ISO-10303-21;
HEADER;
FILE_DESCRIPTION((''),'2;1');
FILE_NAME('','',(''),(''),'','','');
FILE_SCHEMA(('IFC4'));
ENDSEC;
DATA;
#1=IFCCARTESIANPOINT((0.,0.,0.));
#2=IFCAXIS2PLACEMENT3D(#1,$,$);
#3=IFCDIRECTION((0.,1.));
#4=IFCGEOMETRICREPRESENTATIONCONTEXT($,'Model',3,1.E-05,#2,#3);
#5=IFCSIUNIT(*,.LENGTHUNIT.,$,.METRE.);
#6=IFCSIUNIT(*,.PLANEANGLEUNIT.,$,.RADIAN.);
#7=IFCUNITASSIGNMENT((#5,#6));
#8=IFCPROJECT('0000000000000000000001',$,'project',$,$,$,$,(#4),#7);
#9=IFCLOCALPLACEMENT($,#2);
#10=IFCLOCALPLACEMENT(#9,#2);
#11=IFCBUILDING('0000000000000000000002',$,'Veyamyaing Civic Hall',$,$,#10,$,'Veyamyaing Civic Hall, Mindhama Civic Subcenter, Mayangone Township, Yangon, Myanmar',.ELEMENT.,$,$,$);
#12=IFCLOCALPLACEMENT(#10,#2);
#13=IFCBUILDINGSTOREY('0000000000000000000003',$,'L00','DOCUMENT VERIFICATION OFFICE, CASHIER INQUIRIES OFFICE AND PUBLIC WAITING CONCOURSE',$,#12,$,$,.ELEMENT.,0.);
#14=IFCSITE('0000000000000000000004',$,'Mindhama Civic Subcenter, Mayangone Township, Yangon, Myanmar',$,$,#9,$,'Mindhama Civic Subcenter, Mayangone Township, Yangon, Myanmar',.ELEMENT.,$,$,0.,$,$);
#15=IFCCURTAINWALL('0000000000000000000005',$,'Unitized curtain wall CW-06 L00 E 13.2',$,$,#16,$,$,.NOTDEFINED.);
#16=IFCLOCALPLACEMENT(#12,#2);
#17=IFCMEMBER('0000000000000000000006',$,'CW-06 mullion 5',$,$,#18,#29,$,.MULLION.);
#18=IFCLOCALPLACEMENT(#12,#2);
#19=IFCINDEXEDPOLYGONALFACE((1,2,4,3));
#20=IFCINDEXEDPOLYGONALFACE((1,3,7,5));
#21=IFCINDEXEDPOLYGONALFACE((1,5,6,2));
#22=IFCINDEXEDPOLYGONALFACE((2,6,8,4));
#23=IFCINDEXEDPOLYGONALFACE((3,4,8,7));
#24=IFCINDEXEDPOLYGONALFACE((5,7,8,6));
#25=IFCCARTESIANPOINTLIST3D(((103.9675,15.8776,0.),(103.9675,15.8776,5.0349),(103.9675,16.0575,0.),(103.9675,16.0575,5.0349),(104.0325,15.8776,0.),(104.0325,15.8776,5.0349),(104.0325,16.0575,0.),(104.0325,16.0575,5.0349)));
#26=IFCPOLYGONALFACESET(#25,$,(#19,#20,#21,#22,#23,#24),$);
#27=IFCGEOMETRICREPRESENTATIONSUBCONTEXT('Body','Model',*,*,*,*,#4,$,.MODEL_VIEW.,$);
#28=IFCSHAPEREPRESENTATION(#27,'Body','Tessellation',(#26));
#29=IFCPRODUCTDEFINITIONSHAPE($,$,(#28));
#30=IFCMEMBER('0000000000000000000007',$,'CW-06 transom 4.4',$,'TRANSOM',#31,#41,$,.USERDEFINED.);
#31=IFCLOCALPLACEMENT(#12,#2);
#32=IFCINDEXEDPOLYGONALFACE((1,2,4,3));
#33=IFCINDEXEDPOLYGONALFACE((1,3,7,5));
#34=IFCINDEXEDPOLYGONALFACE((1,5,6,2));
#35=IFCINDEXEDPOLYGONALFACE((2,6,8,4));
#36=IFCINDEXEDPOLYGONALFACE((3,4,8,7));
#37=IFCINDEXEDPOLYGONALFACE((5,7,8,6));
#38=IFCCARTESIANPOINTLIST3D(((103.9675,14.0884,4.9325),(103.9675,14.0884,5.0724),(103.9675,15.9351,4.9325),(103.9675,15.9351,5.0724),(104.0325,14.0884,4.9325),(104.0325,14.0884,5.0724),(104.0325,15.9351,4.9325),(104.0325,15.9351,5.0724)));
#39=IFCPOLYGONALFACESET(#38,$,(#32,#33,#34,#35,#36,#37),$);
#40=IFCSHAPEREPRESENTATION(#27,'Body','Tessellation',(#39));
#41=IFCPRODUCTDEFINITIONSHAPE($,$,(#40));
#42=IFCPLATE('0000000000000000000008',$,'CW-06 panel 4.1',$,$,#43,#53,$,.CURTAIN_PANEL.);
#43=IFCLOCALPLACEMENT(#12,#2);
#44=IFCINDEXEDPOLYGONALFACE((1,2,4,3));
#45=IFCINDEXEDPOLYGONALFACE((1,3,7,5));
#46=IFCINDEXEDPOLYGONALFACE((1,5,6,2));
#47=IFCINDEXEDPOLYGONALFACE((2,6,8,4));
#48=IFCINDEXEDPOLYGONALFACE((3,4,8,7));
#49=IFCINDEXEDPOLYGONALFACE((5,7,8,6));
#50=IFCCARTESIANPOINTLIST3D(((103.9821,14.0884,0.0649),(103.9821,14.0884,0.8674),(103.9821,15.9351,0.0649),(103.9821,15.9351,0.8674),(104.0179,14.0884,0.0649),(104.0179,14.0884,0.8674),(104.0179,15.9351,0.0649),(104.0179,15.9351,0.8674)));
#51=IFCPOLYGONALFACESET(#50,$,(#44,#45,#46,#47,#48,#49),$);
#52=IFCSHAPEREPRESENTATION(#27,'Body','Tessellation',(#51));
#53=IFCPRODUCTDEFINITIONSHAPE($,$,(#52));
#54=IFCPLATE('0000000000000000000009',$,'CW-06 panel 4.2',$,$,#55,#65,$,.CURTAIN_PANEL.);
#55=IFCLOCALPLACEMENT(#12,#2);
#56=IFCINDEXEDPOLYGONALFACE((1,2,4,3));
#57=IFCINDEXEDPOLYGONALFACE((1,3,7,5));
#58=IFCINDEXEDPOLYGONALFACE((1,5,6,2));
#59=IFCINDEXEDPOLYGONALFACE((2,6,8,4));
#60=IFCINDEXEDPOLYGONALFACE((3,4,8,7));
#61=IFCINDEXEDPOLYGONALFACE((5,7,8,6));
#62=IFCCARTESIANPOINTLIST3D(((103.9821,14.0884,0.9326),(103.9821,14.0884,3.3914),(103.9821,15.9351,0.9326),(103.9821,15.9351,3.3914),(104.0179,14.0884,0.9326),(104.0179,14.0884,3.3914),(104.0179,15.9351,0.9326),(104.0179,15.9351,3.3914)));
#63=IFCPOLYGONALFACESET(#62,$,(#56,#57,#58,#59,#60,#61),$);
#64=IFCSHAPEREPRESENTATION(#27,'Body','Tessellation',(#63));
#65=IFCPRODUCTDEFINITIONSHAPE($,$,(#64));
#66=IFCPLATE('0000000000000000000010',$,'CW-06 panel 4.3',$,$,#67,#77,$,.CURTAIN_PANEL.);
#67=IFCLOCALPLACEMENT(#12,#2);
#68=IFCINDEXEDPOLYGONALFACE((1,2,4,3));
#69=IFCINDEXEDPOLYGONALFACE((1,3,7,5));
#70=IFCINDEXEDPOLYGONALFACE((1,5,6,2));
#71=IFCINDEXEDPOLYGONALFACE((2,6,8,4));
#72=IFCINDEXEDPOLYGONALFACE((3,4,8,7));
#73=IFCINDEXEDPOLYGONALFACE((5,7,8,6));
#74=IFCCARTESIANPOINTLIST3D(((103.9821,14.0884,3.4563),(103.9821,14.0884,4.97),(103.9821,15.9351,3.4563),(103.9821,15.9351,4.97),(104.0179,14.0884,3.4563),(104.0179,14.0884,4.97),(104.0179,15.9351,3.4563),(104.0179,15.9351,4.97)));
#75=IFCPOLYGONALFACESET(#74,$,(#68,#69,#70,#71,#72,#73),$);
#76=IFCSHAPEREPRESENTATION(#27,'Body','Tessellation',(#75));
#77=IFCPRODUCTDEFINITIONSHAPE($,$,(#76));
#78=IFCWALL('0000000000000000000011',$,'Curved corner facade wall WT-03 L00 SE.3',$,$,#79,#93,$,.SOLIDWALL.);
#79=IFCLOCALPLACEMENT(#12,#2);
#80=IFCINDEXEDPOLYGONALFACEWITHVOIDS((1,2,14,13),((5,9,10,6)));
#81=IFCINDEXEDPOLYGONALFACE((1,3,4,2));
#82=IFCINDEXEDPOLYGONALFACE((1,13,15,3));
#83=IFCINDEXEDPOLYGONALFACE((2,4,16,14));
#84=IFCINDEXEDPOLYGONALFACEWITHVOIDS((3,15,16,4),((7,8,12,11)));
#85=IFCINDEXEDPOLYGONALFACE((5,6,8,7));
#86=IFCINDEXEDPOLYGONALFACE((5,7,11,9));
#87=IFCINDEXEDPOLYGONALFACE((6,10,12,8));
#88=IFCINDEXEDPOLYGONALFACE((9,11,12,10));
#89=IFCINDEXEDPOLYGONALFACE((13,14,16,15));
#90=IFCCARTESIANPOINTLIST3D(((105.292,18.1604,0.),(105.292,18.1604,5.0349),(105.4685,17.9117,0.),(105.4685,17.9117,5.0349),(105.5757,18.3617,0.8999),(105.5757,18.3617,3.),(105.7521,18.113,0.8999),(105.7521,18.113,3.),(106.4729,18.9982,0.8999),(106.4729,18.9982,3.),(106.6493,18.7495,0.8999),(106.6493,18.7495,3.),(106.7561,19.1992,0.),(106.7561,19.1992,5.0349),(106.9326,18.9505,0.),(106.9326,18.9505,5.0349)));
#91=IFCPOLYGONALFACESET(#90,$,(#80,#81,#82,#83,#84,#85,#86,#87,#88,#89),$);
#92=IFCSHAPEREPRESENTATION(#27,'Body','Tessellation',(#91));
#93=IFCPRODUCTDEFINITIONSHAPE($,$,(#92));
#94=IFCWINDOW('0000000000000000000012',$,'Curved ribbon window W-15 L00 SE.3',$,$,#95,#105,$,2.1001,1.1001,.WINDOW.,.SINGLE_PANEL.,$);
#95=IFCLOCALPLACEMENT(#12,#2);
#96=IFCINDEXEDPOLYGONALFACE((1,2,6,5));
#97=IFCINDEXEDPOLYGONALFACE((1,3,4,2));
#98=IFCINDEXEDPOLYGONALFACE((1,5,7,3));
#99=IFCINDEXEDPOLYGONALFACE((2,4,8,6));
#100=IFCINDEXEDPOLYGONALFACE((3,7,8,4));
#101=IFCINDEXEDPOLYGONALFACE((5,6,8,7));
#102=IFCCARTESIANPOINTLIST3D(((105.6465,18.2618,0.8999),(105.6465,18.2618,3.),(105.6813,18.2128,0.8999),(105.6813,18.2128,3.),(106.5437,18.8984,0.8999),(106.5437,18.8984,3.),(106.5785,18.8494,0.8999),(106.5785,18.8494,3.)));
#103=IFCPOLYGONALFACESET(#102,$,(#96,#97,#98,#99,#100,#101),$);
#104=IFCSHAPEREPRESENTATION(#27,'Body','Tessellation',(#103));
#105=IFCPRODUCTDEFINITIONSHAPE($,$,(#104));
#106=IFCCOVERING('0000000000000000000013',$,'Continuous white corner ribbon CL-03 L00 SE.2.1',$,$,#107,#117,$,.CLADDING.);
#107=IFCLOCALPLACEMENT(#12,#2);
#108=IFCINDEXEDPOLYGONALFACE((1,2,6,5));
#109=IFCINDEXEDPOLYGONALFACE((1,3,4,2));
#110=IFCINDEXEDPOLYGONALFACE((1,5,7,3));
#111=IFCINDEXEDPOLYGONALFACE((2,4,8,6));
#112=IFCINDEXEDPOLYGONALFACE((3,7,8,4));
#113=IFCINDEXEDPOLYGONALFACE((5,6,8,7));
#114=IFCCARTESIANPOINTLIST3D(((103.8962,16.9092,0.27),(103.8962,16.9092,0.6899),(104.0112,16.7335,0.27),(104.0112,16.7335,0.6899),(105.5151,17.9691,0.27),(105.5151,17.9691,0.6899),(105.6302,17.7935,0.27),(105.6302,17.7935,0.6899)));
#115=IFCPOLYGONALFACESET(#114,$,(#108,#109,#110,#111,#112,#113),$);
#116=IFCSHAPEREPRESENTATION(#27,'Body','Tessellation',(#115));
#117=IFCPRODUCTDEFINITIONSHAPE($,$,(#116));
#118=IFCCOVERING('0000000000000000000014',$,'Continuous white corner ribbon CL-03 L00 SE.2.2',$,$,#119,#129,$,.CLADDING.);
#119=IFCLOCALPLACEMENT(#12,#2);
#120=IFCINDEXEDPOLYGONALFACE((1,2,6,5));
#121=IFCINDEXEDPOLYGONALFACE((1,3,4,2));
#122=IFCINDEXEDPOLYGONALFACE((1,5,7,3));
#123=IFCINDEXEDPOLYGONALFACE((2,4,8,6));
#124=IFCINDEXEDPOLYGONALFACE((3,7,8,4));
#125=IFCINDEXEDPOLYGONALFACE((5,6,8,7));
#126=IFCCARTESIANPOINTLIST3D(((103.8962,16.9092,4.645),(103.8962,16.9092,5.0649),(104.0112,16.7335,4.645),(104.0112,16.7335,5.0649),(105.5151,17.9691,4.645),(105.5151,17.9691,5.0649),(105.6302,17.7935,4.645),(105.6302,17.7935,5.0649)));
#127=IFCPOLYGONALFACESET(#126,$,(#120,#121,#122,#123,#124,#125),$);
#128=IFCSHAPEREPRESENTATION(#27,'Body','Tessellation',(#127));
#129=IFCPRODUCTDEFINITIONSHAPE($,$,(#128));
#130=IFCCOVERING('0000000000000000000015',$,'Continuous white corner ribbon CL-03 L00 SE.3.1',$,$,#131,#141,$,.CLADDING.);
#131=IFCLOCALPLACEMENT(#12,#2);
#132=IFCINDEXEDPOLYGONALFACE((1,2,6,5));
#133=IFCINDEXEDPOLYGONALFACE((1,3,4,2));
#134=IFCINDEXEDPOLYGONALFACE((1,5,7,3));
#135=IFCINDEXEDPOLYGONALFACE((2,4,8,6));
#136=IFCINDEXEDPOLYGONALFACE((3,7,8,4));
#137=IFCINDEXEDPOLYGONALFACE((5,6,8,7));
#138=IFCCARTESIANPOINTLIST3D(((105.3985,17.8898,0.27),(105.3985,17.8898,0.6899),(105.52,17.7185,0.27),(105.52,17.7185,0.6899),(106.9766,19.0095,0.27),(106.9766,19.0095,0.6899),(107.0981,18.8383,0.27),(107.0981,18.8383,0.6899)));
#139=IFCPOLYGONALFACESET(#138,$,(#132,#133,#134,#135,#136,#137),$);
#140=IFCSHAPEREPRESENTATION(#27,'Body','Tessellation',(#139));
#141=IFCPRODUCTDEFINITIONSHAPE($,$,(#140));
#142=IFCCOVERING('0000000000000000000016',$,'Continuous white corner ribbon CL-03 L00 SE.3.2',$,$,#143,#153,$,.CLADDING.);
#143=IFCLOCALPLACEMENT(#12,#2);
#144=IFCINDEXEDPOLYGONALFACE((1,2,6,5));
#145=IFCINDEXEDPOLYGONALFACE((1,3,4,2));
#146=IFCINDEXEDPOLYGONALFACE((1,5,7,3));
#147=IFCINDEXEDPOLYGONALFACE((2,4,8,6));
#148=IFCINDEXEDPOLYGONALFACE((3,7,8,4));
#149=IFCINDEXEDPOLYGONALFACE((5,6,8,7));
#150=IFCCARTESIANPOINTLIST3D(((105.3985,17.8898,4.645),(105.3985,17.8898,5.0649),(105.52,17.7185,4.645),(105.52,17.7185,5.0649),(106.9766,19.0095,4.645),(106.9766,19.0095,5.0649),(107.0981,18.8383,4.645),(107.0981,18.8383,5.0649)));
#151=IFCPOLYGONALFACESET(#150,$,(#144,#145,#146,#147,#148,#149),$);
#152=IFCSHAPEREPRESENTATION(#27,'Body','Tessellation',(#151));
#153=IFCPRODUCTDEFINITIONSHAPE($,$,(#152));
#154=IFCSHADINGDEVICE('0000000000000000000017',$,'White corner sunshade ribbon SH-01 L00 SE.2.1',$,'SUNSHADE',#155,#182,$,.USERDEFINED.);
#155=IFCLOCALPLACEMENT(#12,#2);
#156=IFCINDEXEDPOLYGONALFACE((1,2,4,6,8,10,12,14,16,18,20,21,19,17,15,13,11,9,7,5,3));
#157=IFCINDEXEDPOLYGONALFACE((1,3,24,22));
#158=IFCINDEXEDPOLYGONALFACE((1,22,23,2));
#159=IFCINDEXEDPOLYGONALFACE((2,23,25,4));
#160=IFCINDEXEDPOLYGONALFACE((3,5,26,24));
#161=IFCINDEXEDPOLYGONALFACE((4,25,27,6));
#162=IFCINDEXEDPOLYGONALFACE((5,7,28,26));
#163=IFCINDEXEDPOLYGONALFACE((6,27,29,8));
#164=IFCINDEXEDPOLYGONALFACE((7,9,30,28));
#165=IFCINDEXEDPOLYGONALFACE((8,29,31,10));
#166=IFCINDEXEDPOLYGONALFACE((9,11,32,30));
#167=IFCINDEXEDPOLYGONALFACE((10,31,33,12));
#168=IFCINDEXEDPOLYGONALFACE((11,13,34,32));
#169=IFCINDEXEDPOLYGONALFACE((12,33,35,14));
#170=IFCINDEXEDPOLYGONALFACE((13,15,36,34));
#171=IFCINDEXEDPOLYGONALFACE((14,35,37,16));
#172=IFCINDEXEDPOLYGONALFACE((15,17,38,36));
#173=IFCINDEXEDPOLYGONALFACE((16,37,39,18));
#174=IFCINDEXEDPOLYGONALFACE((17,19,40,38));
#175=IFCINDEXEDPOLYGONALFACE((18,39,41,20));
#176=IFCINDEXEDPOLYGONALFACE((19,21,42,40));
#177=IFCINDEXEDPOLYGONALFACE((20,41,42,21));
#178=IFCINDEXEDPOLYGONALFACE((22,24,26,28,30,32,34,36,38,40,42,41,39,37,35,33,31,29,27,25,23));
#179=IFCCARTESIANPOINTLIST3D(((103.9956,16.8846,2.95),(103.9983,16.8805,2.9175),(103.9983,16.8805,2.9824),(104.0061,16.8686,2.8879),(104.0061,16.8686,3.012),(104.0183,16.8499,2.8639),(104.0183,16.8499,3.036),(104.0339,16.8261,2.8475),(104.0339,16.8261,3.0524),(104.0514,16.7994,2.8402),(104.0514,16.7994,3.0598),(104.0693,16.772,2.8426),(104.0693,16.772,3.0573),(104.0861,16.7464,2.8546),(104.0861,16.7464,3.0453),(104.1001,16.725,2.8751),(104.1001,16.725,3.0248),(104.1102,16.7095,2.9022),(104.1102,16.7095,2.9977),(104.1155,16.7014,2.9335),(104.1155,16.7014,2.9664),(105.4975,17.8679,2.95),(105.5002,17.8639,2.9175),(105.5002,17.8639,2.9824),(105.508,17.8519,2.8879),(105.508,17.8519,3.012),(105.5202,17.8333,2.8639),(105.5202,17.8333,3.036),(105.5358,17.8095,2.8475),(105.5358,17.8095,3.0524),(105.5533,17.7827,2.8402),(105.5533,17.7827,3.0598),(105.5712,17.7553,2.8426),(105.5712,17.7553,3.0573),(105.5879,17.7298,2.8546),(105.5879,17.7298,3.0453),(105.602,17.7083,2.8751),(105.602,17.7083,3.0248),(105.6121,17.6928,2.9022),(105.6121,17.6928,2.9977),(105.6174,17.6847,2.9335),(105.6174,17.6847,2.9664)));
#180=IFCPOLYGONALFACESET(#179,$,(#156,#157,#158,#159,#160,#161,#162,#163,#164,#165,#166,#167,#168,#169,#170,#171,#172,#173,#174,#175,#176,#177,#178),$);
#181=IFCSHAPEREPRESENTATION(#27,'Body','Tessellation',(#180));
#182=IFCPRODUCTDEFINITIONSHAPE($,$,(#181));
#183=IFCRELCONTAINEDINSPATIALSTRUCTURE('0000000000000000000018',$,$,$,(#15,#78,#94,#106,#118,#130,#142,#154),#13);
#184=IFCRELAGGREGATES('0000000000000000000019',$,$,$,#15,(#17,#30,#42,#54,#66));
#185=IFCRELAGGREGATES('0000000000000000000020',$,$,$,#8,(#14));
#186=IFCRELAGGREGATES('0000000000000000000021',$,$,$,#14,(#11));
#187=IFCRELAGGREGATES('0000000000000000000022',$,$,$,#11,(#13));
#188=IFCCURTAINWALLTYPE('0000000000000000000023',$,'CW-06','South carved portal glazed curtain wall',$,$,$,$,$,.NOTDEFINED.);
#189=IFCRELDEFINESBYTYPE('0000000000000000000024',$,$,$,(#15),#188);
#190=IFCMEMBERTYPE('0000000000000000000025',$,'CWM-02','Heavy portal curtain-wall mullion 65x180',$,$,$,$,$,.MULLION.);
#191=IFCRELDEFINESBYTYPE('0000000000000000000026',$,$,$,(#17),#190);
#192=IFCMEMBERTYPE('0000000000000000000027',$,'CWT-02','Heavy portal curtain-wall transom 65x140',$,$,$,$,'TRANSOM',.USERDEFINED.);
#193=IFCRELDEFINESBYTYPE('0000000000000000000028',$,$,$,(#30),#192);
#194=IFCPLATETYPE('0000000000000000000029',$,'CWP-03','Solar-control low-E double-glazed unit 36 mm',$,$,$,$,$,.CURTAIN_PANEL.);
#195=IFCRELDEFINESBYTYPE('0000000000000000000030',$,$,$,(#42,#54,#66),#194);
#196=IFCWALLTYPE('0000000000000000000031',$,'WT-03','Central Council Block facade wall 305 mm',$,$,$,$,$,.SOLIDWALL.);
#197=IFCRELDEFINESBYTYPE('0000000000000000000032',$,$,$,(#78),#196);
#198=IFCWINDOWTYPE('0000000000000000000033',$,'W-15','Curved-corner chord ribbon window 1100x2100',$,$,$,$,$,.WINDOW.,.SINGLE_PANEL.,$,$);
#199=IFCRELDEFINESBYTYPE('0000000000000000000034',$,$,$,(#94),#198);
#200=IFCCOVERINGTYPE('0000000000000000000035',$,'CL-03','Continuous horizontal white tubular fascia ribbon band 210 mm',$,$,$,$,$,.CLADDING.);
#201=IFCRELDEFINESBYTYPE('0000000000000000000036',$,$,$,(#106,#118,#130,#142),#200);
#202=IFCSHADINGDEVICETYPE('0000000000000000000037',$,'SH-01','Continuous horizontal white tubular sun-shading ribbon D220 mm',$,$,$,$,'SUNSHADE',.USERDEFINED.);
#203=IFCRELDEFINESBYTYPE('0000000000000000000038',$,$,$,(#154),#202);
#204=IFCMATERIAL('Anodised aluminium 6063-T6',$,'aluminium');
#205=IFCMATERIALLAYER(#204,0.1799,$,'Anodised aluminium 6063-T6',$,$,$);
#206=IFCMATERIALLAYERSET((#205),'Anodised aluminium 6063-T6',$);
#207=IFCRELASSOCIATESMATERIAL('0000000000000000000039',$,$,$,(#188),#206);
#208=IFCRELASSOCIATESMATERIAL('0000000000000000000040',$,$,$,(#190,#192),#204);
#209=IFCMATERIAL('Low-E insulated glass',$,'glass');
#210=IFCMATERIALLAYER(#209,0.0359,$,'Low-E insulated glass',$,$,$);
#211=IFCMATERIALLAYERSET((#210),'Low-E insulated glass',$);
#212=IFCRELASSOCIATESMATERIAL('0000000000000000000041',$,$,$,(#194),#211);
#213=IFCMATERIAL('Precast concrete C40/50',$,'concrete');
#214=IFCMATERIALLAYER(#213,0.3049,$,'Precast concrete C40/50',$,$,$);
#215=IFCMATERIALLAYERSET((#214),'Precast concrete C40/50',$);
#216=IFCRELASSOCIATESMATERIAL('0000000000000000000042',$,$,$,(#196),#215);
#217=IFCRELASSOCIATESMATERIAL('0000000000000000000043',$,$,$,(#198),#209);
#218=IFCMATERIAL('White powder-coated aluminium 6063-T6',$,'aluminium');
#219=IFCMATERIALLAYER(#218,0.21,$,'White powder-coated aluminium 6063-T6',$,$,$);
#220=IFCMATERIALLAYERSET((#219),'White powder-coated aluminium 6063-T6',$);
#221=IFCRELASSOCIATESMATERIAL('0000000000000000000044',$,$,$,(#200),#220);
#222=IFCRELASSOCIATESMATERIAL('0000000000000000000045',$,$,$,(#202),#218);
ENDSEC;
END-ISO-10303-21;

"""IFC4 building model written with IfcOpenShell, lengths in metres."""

from ifc_helpers import new_model, si_unit, direction, frame, frame_2d, origin, origin_2d, place, context, subcontext, project, spatial, rectangle, circle, extrude, material, layer, layer_set, material_profile, profile_set, type_object, element, fill, aggregate, save


model = new_model("IFC4")

# Units and contexts
model_context = context("Model", 3, precision=1e-05, world=origin(), true_north=direction((0.0, 1.0)))
body_context = subcontext(model_context, "Body", "Model", "MODEL_VIEW")
ifc_project = project(units=[si_unit("LENGTHUNIT", "METRE"), si_unit("PLANEANGLEUNIT", "RADIAN")], contexts=[model_context])

# Site, building, storey
site_placement = place(None, origin())
site = spatial("IfcSite", under=ifc_project, at=site_placement, Name="Mindhama Civic Subcenter, Mayangone Township, Yangon, Myanmar", LongName="Mindhama Civic Subcenter, Mayangone Township, Yangon, Myanmar", CompositionType="ELEMENT", RefElevation=0.0)
building_placement = place(site_placement, origin())
building = spatial("IfcBuilding", under=site, at=building_placement, Name="Veyamyaing Civic Hall", LongName="Veyamyaing Civic Hall, Mindhama Civic Subcenter, Mayangone Township, Yangon, Myanmar", CompositionType="ELEMENT")
storey_placement = place(building_placement, origin())
storey = spatial("IfcBuildingStorey", under=building, at=storey_placement, Name="L00", Description="DOCUMENT VERIFICATION OFFICE, CASHIER INQUIRIES OFFICE AND PUBLIC WAITING CONCOURSE", CompositionType="ELEMENT", Elevation=0.0)

# Curtain wall, members, plates
ifc_material_1 = material(Name="Anodised aluminium 6063-T6", Category="aluminium")
ifc_layer_1 = layer(ifc_material_1, 0.1799, Name="Anodised aluminium 6063-T6")
ifc_layer_set_1 = layer_set([ifc_layer_1], Name="Anodised aluminium 6063-T6")
curtain_wall_type = type_object("IfcCurtainWallType", Name="CW-06", Description="South carved portal glazed curtain wall", PredefinedType="NOTDEFINED", material=ifc_layer_set_1)
curtain_wall_placement = place(storey_placement, origin())
curtain_wall = element("IfcCurtainWall", 1, at=curtain_wall_placement, inside=storey, type_object=curtain_wall_type, Name="Unitized curtain wall CW-06 L00 E 13.2", PredefinedType="NOTDEFINED")
ifc_material_profile_1 = material_profile(ifc_material_1, rectangle(XDim=0.0649, YDim=0.1799, at=origin_2d()), Name="ALU-MUL-65X180")
ifc_profile_set_1 = profile_set([ifc_material_profile_1], Name="Anodised aluminium 6063-T6")
member_type_1 = type_object("IfcMemberType", Name="CWM-02", Description="Heavy portal curtain-wall mullion 65x180", PredefinedType="MULLION", material=ifc_profile_set_1)
member_1_placement = place(storey_placement, frame((104.0, 15.9675, 0.0), z_axis=(0.0, 0.0, 1.0), x_axis=(-1.0, 0.0, 0.0)))
member_1 = element("IfcMember", 2, at=member_1_placement, type_object=member_type_1, Name="CW-06 mullion 5", PredefinedType="MULLION", context=body_context, shape_type="SweptSolid", body=[
    extrude(rectangle(XDim=0.0649, YDim=0.1799, at=origin_2d()), origin(), (0.0, 0.0, 1.0), 5.0349),
])
ifc_material_profile_2 = material_profile(ifc_material_1, rectangle(XDim=0.0649, YDim=0.1399, at=origin_2d()), Name="ALU-TRN-65X140")
ifc_profile_set_2 = profile_set([ifc_material_profile_2], Name="Anodised aluminium 6063-T6")
member_type_2 = type_object("IfcMemberType", Name="CWT-02", Description="Heavy portal curtain-wall transom 65x140", ElementType="TRANSOM", PredefinedType="USERDEFINED", material=ifc_profile_set_2)
member_2_placement = place(storey_placement, frame((104.0, 14.0884, 5.0024), z_axis=(0.0, 1.0, 0.0), x_axis=(-1.0, 0.0, 0.0)))
member_2 = element("IfcMember", 3, at=member_2_placement, type_object=member_type_2, Name="CW-06 transom 4.4", ObjectType="TRANSOM", PredefinedType="USERDEFINED", context=body_context, shape_type="SweptSolid", body=[
    extrude(rectangle(XDim=0.0649, YDim=0.1399, at=origin_2d()), origin(), (0.0, 0.0, 1.0), 1.8467),
])
ifc_material_2 = material(Name="Low-E insulated glass", Category="glass")
ifc_layer_2 = layer(ifc_material_2, 0.0359, Name="Low-E insulated glass")
ifc_layer_set_2 = layer_set([ifc_layer_2], Name="Low-E insulated glass")
plate_type = type_object("IfcPlateType", Name="CWP-03", Description="Solar-control low-E double-glazed unit 36 mm", PredefinedType="CURTAIN_PANEL", material=ifc_layer_set_2)
plate_1_placement = place(storey_placement, frame((104.0, 15.0117, 0.0649), z_axis=(0.0, 0.0, 1.0), x_axis=(0.0, 1.0, 0.0)))
plate_1 = element("IfcPlate", 4, at=plate_1_placement, type_object=plate_type, Name="CW-06 panel 4.1", PredefinedType="CURTAIN_PANEL", context=body_context, shape_type="SweptSolid", body=[
    extrude(rectangle(XDim=1.8467, YDim=0.0359, at=origin_2d()), origin(), (0.0, 0.0, 1.0), 0.8025),
])
plate_2_placement = place(storey_placement, frame((104.0, 15.0117, 0.9326), z_axis=(0.0, 0.0, 1.0), x_axis=(0.0, 1.0, 0.0)))
plate_2 = element("IfcPlate", 5, at=plate_2_placement, type_object=plate_type, Name="CW-06 panel 4.2", PredefinedType="CURTAIN_PANEL", context=body_context, shape_type="SweptSolid", body=[
    extrude(rectangle(XDim=1.8467, YDim=0.0359, at=origin_2d()), origin(), (0.0, 0.0, 1.0), 2.4587),
])
plate_3_placement = place(storey_placement, frame((104.0, 15.0117, 3.4563), z_axis=(0.0, 0.0, 1.0), x_axis=(0.0, 1.0, 0.0)))
plate_3 = element("IfcPlate", 6, at=plate_3_placement, type_object=plate_type, Name="CW-06 panel 4.3", PredefinedType="CURTAIN_PANEL", context=body_context, shape_type="SweptSolid", body=[
    extrude(rectangle(XDim=1.8467, YDim=0.0359, at=origin_2d()), origin(), (0.0, 0.0, 1.0), 1.5137),
])
aggregate(curtain_wall, [member_1, member_2, plate_1, plate_2, plate_3])

# Wall, opening, window
ifc_material_3 = material(Name="Precast concrete C40/50", Category="concrete")
ifc_layer_3 = layer(ifc_material_3, 0.3049, Name="Precast concrete C40/50")
ifc_layer_set_3 = layer_set([ifc_layer_3], Name="Precast concrete C40/50")
wall_type = type_object("IfcWallType", Name="WT-03", Description="Central Council Block facade wall 305 mm", PredefinedType="SOLIDWALL", material=ifc_layer_set_3)
wall_placement = place(storey_placement, frame((105.3804, 18.0361, 0.0), z_axis=(0.0, 0.0, 1.0), x_axis=(0.815567, 0.578662, 0.0)))
wall = element("IfcWall", 7, at=wall_placement, inside=storey, type_object=wall_type, Name="Curved corner facade wall WT-03 L00 SE.3", PredefinedType="SOLIDWALL", context=body_context, shape_type="SweptSolid", body=[
    extrude(rectangle(XDim=1.7952, YDim=0.3049, at=frame_2d((0.8975, 0.0))), origin(), (0.0, 0.0, 1.0), 5.0349),
])
opening_placement = place(wall_placement, frame((0.3477, 0.0, 0.8999)))
opening = element("IfcOpeningElement", 8, at=opening_placement, cuts=wall, PredefinedType="OPENING", context=body_context, shape_type="SweptSolid", body=[
    extrude(rectangle(XDim=1.1001, YDim=2.1001, at=frame_2d((0.55, 1.05))), frame((0.0, 0.1624, 0.0), z_axis=(0.0, -1.0, 0.0), x_axis=(1.0, 0.0, 0.0)), (0.0, 0.0, 1.0), 0.325),
])
window_type = type_object("IfcWindowType", Name="W-15", Description="Curved-corner chord ribbon window 1100x2100", PartitioningType="SINGLE_PANEL", PredefinedType="WINDOW", material=ifc_material_2)
window_placement = place(opening_placement, origin())
window = element("IfcWindow", 9, at=window_placement, inside=storey, type_object=window_type, Name="Curved ribbon window W-15 L00 SE.3", OverallHeight=2.1001, OverallWidth=1.1001, PartitioningType="SINGLE_PANEL", PredefinedType="WINDOW", context=body_context, shape_type="SweptSolid", body=[
    extrude(rectangle(XDim=1.1001, YDim=2.1001, at=frame_2d((0.55, 1.05))), frame((0.0, 0.03, 0.0), z_axis=(0.0, -1.0, 0.0), x_axis=(1.0, 0.0, 0.0)), (0.0, 0.0, 1.0), 0.0601),
])
fill(opening, window)

# Coverings
ifc_material_4 = material(Name="White powder-coated aluminium 6063-T6", Category="aluminium")
ifc_layer_4 = layer(ifc_material_4, 0.21, Name="White powder-coated aluminium 6063-T6")
ifc_layer_set_4 = layer_set([ifc_layer_4], Name="White powder-coated aluminium 6063-T6")
covering_type = type_object("IfcCoveringType", Name="CL-03", Description="Continuous horizontal white tubular fascia ribbon band 210 mm", PredefinedType="CLADDING", material=ifc_layer_set_4)
for number, where, z_axis, x_axis, name in (
    (10, (104.7632, 17.3513, 0.27), (0.0, 0.0, 1.0), (0.836628, 0.547772, 0.0), "Continuous white corner ribbon CL-03 L00 SE.2.1"),
    (11, (104.7632, 17.3513, 4.645), (0.0, 0.0, 1.0), (0.836628, 0.547772, 0.0), "Continuous white corner ribbon CL-03 L00 SE.2.2"),
    (12, (106.2483, 18.364, 0.27), (0.0, 0.0, 1.0), (0.815561, 0.578671, 0.0), "Continuous white corner ribbon CL-03 L00 SE.3.1"),
    (13, (106.2483, 18.364, 4.645), (0.0, 0.0, 1.0), (0.815561, 0.578671, 0.0), "Continuous white corner ribbon CL-03 L00 SE.3.2"),
):
    element("IfcCovering", number, at=place(storey_placement, frame(where, z_axis=z_axis, x_axis=x_axis)), inside=storey, type_object=covering_type, Name=name, PredefinedType="CLADDING", context=body_context, shape_type="SweptSolid", body=[
        extrude(rectangle(XDim=1.9351, YDim=0.21, at=origin_2d()), origin(), (0.0, 0.0, 1.0), 0.4199),
    ])

# Shading device
ifc_material_profile_3 = material_profile(ifc_material_4, circle(Radius=0.1101, at=origin_2d()), Name="SHADE-TUBE-220")
ifc_profile_set_3 = profile_set([ifc_material_profile_3], Name="White powder-coated aluminium 6063-T6")
shading_device_type = type_object("IfcShadingDeviceType", Name="SH-01", Description="Continuous horizontal white tubular sun-shading ribbon D220 mm", ElementType="SUNSHADE", PredefinedType="USERDEFINED", material=ifc_profile_set_3)
for number, where, z_axis, x_axis, name in (
    (14, (104.0559, 16.7925, 2.95), (0.836624, 0.547777, 0.0), (-0.547777, 0.836624, 0.0), "White corner sunshade ribbon SH-01 L00 SE.2.1"),
):
    element("IfcShadingDevice", number, at=place(storey_placement, frame(where, z_axis=z_axis, x_axis=x_axis)), inside=storey, type_object=shading_device_type, Name=name, ObjectType="SUNSHADE", PredefinedType="USERDEFINED", context=body_context, shape_type="SweptSolid", body=[
        extrude(circle(Radius=0.1101, at=origin_2d()), origin(), (0.0, 0.0, 1.0), 1.7952),
    ])

save(model, "model.ifc")
